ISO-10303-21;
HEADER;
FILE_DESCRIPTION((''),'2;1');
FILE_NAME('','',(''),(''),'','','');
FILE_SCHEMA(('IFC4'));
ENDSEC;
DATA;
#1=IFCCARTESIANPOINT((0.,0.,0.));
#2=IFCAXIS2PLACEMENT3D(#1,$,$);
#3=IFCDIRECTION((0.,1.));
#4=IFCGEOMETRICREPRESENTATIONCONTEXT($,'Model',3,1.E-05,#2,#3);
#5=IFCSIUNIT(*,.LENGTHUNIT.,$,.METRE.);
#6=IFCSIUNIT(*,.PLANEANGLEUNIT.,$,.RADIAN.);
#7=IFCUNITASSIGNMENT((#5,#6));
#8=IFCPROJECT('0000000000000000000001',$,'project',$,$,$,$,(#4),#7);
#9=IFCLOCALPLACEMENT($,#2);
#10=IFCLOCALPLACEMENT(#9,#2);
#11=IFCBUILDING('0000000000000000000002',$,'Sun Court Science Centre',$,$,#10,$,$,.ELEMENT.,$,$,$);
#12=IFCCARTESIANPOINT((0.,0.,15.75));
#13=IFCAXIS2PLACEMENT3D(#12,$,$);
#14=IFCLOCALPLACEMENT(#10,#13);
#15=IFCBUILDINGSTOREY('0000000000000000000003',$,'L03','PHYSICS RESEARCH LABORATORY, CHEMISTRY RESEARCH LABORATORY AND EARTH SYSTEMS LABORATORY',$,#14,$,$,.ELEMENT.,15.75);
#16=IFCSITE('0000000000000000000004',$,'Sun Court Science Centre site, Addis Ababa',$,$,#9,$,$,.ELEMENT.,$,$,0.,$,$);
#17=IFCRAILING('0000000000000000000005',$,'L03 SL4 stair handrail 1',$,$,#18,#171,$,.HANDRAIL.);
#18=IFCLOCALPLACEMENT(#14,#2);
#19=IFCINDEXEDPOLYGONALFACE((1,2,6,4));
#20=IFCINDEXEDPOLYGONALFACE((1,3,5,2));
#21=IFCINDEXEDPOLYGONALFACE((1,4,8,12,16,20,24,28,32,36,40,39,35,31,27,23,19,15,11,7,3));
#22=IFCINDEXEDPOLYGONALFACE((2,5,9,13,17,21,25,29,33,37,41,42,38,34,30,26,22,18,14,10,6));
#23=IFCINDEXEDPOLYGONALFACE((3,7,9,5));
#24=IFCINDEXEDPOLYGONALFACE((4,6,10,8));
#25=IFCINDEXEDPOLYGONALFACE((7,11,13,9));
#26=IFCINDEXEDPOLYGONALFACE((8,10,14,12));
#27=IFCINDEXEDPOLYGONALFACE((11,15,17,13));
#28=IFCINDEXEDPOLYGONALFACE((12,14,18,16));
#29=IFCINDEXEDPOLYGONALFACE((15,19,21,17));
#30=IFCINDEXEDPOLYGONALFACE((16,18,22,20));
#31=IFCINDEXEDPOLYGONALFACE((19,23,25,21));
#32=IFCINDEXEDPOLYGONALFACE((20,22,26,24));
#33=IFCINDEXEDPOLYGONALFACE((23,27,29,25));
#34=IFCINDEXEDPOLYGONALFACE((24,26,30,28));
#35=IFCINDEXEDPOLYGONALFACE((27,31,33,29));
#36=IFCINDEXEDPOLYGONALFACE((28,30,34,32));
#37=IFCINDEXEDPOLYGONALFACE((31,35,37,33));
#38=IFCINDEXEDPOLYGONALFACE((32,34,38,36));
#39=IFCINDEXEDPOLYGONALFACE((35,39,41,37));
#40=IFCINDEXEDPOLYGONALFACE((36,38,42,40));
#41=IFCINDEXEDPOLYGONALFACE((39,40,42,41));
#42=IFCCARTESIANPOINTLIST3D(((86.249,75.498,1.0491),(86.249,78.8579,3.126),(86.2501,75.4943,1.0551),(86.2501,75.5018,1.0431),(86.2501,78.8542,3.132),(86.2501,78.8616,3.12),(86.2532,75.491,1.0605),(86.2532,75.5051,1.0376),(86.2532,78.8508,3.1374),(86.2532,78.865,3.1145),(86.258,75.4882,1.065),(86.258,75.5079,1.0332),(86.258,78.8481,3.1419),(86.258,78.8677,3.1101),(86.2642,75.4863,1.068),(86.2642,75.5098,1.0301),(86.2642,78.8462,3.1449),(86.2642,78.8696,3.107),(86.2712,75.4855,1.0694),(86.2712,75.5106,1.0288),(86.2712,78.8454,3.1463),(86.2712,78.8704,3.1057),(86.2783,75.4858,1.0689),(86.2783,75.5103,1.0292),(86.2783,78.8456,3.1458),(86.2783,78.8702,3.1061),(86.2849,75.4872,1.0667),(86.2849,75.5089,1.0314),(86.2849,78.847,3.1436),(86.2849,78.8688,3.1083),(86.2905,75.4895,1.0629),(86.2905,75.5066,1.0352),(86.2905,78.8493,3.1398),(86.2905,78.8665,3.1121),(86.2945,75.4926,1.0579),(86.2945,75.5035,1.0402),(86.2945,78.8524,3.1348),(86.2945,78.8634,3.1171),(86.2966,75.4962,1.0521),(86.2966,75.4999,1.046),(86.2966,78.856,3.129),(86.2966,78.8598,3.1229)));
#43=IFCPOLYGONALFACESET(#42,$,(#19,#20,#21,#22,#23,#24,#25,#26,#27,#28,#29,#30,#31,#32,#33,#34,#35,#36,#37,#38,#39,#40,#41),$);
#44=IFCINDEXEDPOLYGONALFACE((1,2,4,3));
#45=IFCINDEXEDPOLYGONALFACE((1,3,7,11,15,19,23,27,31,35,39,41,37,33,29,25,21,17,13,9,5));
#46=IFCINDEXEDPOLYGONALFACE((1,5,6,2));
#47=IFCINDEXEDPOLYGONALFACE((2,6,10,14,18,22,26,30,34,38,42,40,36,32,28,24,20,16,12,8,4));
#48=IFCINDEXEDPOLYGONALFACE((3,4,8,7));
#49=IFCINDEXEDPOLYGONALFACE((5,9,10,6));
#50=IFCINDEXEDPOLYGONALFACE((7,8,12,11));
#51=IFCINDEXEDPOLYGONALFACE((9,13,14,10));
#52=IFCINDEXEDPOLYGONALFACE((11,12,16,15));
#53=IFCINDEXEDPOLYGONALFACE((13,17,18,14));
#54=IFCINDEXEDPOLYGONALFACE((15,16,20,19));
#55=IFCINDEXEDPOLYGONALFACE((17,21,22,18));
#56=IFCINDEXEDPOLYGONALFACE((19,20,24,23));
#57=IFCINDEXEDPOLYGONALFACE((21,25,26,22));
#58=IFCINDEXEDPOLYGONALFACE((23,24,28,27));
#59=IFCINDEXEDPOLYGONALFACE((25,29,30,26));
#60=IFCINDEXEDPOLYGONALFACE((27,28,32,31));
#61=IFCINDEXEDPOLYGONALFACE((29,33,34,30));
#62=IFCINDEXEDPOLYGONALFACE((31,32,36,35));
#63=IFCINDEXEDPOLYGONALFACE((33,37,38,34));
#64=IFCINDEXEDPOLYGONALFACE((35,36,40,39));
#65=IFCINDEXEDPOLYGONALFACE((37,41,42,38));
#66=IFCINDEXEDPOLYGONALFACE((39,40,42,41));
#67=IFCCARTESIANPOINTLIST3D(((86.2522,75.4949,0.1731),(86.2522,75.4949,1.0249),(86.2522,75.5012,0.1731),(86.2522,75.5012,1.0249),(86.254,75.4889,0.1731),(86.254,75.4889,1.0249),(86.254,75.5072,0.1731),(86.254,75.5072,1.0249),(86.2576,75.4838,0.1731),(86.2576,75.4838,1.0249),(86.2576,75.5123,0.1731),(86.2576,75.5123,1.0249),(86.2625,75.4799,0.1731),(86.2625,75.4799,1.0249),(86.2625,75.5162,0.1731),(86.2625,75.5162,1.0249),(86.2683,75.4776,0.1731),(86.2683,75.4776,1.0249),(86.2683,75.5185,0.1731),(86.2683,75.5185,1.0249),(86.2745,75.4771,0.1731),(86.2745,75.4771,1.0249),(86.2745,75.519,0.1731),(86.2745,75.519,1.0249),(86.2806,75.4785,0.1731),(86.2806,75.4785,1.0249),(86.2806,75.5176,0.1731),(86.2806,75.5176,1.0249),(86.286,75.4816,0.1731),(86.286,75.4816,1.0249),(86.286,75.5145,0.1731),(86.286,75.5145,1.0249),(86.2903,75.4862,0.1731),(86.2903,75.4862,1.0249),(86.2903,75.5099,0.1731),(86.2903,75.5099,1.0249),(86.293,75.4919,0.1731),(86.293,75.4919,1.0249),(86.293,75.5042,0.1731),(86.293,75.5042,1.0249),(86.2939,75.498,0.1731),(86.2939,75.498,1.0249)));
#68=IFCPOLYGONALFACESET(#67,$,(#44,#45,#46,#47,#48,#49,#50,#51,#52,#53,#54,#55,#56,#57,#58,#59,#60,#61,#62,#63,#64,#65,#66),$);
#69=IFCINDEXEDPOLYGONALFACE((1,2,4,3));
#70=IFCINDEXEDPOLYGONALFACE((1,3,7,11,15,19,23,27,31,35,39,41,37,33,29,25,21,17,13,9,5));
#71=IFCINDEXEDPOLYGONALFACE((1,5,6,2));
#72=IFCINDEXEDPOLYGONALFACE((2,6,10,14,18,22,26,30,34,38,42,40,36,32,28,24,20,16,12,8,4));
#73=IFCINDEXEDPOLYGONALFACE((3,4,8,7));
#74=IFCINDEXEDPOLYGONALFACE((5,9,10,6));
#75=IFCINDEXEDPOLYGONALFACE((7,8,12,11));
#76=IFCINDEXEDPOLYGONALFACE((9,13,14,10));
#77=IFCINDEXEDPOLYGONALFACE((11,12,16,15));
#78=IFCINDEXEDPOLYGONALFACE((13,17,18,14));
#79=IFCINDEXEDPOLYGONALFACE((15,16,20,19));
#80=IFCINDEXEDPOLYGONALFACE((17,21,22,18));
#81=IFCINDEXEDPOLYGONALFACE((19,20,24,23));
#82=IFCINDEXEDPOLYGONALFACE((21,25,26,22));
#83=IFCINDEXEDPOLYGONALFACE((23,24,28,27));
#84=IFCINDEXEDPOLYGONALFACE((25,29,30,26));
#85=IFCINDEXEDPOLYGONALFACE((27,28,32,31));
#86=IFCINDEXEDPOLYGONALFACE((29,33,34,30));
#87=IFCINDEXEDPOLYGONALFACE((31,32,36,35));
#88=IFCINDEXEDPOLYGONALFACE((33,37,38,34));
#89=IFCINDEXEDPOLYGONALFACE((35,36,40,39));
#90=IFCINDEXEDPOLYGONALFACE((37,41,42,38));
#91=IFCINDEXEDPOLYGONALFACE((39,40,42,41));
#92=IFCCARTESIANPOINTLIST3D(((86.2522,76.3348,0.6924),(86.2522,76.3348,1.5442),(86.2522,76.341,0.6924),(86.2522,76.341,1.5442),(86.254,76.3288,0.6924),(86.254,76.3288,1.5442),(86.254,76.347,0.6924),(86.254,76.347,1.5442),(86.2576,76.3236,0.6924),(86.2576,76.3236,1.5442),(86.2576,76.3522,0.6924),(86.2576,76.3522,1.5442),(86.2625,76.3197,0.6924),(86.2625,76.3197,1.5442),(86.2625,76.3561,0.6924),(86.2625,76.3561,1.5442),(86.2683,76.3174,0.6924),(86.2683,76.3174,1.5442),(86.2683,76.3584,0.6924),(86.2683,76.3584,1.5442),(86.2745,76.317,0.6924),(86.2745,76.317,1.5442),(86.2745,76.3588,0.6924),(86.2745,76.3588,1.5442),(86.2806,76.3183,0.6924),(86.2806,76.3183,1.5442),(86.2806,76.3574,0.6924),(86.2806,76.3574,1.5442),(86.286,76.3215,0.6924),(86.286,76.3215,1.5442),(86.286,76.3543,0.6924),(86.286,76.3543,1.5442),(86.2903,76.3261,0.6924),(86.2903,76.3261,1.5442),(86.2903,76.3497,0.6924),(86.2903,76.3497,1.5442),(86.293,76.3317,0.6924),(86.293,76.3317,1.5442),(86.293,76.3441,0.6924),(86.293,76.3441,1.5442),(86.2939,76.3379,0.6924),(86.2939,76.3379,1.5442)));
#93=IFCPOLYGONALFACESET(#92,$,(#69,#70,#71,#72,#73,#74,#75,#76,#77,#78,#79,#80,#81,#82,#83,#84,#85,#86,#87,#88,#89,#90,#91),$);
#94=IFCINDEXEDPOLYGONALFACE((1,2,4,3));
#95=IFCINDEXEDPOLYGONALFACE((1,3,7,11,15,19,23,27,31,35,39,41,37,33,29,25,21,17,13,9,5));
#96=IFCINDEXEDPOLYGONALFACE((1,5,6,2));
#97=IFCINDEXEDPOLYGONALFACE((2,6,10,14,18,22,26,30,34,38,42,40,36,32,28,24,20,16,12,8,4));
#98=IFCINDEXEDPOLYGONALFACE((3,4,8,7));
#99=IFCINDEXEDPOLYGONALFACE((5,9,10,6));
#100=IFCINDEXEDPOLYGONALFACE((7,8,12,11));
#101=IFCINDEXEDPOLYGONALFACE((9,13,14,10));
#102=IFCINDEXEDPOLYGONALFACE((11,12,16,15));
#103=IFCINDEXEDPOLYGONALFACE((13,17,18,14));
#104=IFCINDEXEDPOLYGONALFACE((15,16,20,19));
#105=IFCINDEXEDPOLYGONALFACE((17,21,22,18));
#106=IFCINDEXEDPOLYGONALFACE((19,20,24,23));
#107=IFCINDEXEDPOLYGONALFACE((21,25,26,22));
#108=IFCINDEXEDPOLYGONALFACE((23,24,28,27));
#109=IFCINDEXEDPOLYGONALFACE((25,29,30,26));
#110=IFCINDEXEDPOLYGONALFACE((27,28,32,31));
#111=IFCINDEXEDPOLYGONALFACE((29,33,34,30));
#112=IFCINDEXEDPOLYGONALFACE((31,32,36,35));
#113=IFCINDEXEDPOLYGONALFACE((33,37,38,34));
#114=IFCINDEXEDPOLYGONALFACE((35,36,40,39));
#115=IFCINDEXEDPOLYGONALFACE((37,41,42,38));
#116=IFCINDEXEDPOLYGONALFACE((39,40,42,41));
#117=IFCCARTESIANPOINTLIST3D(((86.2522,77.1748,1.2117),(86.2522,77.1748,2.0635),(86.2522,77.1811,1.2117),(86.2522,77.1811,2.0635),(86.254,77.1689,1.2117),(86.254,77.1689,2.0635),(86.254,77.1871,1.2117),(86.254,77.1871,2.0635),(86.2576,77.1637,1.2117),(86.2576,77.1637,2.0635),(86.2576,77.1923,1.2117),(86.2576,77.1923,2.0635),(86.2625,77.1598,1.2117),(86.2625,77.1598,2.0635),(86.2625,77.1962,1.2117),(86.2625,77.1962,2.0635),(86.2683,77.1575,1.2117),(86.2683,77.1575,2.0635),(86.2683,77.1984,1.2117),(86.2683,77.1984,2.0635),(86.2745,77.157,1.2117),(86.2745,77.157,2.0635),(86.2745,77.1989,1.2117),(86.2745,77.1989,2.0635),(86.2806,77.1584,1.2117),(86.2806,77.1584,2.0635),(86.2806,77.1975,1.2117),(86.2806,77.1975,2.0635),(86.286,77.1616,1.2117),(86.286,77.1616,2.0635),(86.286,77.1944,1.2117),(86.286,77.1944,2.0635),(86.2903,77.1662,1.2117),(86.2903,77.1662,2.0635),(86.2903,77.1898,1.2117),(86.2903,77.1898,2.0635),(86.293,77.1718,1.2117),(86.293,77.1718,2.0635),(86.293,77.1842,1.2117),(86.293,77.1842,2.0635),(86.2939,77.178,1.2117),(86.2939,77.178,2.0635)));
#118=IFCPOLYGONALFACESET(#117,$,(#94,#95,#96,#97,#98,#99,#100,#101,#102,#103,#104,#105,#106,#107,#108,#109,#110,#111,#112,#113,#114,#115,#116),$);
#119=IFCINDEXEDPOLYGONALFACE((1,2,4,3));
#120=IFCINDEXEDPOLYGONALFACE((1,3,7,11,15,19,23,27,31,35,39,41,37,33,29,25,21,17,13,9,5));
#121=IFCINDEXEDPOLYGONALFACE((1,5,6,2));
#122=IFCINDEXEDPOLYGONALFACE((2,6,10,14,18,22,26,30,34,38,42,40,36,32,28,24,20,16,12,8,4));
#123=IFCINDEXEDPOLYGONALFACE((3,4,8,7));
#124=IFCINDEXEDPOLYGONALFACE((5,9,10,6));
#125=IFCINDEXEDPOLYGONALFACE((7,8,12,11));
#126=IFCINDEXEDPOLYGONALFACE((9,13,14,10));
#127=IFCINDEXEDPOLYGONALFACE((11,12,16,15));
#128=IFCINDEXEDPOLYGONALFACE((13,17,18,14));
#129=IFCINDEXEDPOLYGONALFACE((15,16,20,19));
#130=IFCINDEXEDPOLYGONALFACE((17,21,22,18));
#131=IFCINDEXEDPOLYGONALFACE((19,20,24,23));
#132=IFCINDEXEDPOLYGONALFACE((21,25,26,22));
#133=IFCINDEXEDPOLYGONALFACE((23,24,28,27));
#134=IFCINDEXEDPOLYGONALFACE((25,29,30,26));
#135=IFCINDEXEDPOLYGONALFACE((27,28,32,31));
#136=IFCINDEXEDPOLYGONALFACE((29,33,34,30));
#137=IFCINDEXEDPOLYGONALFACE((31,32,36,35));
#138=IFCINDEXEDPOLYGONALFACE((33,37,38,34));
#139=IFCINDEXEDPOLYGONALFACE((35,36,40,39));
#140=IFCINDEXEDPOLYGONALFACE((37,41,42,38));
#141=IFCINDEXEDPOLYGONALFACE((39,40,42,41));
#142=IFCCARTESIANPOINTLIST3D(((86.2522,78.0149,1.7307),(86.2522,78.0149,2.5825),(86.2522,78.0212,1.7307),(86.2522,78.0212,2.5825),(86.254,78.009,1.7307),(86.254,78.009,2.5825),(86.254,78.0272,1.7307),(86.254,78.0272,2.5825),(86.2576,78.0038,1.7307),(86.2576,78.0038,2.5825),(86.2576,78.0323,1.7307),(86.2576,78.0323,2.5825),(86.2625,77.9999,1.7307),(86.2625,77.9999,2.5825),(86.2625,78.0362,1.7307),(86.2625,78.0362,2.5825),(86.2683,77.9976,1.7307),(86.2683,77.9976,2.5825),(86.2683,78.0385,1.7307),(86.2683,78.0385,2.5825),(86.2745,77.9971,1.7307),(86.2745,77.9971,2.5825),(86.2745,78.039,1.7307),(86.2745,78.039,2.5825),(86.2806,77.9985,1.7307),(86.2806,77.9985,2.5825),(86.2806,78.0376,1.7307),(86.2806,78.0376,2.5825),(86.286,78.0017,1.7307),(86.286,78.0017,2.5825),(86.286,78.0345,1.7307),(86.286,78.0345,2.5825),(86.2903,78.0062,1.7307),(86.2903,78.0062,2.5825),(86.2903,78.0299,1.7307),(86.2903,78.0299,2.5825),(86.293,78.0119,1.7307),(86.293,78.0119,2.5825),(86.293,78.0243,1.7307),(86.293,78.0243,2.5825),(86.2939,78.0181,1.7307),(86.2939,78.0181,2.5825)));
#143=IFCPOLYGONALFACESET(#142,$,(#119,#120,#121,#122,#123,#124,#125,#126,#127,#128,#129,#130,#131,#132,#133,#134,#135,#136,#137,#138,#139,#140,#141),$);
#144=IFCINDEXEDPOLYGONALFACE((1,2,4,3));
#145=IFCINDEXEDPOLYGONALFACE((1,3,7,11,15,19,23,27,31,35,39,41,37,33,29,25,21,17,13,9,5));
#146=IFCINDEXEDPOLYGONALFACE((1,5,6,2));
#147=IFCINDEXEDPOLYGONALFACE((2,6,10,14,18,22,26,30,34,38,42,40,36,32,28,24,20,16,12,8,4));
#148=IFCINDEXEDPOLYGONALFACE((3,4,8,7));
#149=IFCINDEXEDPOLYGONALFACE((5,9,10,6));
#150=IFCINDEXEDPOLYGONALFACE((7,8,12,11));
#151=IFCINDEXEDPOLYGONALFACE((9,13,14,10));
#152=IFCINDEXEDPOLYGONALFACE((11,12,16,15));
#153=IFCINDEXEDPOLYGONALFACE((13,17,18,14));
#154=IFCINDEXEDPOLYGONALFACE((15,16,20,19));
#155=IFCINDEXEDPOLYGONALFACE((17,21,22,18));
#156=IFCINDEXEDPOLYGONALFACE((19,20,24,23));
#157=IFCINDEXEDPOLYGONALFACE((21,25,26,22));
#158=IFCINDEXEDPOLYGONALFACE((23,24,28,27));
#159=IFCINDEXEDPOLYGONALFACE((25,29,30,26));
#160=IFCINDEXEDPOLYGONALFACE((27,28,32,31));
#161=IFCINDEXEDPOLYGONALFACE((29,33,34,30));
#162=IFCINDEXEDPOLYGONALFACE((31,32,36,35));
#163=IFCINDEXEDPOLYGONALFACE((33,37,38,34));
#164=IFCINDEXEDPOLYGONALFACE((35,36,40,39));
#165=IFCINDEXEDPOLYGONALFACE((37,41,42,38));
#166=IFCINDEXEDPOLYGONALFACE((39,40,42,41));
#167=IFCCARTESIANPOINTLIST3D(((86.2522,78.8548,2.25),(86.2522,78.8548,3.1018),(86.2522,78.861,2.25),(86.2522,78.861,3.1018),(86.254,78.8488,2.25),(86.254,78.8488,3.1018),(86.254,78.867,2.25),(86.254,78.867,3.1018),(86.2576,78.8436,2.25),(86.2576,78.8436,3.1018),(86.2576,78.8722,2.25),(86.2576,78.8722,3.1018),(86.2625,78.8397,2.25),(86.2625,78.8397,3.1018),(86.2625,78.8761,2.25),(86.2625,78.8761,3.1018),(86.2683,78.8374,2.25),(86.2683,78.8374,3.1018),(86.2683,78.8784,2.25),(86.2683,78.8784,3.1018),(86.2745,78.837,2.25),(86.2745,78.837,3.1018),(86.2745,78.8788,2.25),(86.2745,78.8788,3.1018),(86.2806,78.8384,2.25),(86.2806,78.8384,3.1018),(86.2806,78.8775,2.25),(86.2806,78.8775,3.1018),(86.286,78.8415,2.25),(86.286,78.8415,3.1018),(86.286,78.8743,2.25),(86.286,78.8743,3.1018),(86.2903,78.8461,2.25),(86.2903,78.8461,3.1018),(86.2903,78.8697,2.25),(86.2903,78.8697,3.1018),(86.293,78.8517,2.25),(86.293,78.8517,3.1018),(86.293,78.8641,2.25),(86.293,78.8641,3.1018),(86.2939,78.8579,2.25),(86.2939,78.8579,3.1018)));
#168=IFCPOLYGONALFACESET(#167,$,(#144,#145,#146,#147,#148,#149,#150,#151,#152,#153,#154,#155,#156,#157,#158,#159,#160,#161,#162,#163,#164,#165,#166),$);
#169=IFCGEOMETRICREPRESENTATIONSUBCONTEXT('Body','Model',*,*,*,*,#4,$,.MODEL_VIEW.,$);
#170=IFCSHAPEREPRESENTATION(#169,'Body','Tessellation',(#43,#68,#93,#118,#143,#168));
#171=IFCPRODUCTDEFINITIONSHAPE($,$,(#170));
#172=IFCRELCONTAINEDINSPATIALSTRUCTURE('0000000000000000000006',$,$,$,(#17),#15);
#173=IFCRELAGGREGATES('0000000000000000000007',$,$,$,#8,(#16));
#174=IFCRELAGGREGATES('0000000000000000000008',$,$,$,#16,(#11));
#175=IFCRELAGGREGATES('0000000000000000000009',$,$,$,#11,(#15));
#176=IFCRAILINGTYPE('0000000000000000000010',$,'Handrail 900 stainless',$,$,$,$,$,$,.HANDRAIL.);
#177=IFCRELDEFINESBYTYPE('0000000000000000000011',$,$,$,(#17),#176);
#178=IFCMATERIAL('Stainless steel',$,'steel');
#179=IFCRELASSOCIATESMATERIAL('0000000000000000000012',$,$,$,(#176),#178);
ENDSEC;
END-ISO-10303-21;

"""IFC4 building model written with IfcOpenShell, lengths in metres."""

from ifc_helpers import new_model, si_unit, direction, frame, origin, origin_2d, place, context, subcontext, project, spatial, circle, extrude, material, type_object, element, save


model = new_model("IFC4")

# Units and contexts
model_context = context("Model", 3, precision=1e-05, world=origin(), true_north=direction((0.0, 1.0)))
body_context = subcontext(model_context, "Body", "Model", "MODEL_VIEW")
ifc_project = project(units=[si_unit("LENGTHUNIT", "METRE"), si_unit("PLANEANGLEUNIT", "RADIAN")], contexts=[model_context])

# Site, building, storey
site_placement = place(None, origin())
site = spatial("IfcSite", under=ifc_project, at=site_placement, Name="Sun Court Science Centre site, Addis Ababa", CompositionType="ELEMENT", RefElevation=0.0)
building_placement = place(site_placement, origin())
building = spatial("IfcBuilding", under=site, at=building_placement, Name="Sun Court Science Centre", CompositionType="ELEMENT")
storey_placement = place(building_placement, frame((0.0, 0.0, 15.75)))
storey = spatial("IfcBuildingStorey", under=building, at=storey_placement, Name="L03", Description="PHYSICS RESEARCH LABORATORY, CHEMISTRY RESEARCH LABORATORY AND EARTH SYSTEMS LABORATORY", CompositionType="ELEMENT", Elevation=15.75)

# Railing
ifc_material_1 = material(Name="Stainless steel", Category="steel")
railing_type_1 = type_object("IfcRailingType", Name="Handrail 900 stainless", PredefinedType="HANDRAIL", material=ifc_material_1)
railing_1_placement = place(storey_placement, frame((86.2729, 75.498, 0.1731)))
element("IfcRailing", 1, at=railing_1_placement, inside=storey, type_object=railing_type_1, Name="L03 SL4 stair handrail 1", PredefinedType="HANDRAIL", context=body_context, shape_type="SweptSolid", body=[
    extrude(circle(Radius=0.0239, at=origin_2d()), frame((0.0, 0.0, 0.876), z_axis=(0.0, 0.850606, 0.525803), x_axis=(-1.0, 0.0, 0.0)), (0.0, 0.0, 1.0), 3.95),
    extrude(circle(Radius=0.021, at=origin_2d()), origin(), (0.0, 0.0, 1.0), 0.8518),
    extrude(circle(Radius=0.021, at=origin_2d()), frame((0.0, 0.8398, 0.5193)), (0.0, 0.0, 1.0), 0.8518),
    extrude(circle(Radius=0.021, at=origin_2d()), frame((0.0, 1.6799, 1.0386)), (0.0, 0.0, 1.0), 0.8518),
    extrude(circle(Radius=0.021, at=origin_2d()), frame((0.0, 2.52, 1.5576)), (0.0, 0.0, 1.0), 0.8518),
    extrude(circle(Radius=0.021, at=origin_2d()), frame((0.0, 3.3599, 2.0769)), (0.0, 0.0, 1.0), 0.8518),
])

save(model, "model.ifc")
